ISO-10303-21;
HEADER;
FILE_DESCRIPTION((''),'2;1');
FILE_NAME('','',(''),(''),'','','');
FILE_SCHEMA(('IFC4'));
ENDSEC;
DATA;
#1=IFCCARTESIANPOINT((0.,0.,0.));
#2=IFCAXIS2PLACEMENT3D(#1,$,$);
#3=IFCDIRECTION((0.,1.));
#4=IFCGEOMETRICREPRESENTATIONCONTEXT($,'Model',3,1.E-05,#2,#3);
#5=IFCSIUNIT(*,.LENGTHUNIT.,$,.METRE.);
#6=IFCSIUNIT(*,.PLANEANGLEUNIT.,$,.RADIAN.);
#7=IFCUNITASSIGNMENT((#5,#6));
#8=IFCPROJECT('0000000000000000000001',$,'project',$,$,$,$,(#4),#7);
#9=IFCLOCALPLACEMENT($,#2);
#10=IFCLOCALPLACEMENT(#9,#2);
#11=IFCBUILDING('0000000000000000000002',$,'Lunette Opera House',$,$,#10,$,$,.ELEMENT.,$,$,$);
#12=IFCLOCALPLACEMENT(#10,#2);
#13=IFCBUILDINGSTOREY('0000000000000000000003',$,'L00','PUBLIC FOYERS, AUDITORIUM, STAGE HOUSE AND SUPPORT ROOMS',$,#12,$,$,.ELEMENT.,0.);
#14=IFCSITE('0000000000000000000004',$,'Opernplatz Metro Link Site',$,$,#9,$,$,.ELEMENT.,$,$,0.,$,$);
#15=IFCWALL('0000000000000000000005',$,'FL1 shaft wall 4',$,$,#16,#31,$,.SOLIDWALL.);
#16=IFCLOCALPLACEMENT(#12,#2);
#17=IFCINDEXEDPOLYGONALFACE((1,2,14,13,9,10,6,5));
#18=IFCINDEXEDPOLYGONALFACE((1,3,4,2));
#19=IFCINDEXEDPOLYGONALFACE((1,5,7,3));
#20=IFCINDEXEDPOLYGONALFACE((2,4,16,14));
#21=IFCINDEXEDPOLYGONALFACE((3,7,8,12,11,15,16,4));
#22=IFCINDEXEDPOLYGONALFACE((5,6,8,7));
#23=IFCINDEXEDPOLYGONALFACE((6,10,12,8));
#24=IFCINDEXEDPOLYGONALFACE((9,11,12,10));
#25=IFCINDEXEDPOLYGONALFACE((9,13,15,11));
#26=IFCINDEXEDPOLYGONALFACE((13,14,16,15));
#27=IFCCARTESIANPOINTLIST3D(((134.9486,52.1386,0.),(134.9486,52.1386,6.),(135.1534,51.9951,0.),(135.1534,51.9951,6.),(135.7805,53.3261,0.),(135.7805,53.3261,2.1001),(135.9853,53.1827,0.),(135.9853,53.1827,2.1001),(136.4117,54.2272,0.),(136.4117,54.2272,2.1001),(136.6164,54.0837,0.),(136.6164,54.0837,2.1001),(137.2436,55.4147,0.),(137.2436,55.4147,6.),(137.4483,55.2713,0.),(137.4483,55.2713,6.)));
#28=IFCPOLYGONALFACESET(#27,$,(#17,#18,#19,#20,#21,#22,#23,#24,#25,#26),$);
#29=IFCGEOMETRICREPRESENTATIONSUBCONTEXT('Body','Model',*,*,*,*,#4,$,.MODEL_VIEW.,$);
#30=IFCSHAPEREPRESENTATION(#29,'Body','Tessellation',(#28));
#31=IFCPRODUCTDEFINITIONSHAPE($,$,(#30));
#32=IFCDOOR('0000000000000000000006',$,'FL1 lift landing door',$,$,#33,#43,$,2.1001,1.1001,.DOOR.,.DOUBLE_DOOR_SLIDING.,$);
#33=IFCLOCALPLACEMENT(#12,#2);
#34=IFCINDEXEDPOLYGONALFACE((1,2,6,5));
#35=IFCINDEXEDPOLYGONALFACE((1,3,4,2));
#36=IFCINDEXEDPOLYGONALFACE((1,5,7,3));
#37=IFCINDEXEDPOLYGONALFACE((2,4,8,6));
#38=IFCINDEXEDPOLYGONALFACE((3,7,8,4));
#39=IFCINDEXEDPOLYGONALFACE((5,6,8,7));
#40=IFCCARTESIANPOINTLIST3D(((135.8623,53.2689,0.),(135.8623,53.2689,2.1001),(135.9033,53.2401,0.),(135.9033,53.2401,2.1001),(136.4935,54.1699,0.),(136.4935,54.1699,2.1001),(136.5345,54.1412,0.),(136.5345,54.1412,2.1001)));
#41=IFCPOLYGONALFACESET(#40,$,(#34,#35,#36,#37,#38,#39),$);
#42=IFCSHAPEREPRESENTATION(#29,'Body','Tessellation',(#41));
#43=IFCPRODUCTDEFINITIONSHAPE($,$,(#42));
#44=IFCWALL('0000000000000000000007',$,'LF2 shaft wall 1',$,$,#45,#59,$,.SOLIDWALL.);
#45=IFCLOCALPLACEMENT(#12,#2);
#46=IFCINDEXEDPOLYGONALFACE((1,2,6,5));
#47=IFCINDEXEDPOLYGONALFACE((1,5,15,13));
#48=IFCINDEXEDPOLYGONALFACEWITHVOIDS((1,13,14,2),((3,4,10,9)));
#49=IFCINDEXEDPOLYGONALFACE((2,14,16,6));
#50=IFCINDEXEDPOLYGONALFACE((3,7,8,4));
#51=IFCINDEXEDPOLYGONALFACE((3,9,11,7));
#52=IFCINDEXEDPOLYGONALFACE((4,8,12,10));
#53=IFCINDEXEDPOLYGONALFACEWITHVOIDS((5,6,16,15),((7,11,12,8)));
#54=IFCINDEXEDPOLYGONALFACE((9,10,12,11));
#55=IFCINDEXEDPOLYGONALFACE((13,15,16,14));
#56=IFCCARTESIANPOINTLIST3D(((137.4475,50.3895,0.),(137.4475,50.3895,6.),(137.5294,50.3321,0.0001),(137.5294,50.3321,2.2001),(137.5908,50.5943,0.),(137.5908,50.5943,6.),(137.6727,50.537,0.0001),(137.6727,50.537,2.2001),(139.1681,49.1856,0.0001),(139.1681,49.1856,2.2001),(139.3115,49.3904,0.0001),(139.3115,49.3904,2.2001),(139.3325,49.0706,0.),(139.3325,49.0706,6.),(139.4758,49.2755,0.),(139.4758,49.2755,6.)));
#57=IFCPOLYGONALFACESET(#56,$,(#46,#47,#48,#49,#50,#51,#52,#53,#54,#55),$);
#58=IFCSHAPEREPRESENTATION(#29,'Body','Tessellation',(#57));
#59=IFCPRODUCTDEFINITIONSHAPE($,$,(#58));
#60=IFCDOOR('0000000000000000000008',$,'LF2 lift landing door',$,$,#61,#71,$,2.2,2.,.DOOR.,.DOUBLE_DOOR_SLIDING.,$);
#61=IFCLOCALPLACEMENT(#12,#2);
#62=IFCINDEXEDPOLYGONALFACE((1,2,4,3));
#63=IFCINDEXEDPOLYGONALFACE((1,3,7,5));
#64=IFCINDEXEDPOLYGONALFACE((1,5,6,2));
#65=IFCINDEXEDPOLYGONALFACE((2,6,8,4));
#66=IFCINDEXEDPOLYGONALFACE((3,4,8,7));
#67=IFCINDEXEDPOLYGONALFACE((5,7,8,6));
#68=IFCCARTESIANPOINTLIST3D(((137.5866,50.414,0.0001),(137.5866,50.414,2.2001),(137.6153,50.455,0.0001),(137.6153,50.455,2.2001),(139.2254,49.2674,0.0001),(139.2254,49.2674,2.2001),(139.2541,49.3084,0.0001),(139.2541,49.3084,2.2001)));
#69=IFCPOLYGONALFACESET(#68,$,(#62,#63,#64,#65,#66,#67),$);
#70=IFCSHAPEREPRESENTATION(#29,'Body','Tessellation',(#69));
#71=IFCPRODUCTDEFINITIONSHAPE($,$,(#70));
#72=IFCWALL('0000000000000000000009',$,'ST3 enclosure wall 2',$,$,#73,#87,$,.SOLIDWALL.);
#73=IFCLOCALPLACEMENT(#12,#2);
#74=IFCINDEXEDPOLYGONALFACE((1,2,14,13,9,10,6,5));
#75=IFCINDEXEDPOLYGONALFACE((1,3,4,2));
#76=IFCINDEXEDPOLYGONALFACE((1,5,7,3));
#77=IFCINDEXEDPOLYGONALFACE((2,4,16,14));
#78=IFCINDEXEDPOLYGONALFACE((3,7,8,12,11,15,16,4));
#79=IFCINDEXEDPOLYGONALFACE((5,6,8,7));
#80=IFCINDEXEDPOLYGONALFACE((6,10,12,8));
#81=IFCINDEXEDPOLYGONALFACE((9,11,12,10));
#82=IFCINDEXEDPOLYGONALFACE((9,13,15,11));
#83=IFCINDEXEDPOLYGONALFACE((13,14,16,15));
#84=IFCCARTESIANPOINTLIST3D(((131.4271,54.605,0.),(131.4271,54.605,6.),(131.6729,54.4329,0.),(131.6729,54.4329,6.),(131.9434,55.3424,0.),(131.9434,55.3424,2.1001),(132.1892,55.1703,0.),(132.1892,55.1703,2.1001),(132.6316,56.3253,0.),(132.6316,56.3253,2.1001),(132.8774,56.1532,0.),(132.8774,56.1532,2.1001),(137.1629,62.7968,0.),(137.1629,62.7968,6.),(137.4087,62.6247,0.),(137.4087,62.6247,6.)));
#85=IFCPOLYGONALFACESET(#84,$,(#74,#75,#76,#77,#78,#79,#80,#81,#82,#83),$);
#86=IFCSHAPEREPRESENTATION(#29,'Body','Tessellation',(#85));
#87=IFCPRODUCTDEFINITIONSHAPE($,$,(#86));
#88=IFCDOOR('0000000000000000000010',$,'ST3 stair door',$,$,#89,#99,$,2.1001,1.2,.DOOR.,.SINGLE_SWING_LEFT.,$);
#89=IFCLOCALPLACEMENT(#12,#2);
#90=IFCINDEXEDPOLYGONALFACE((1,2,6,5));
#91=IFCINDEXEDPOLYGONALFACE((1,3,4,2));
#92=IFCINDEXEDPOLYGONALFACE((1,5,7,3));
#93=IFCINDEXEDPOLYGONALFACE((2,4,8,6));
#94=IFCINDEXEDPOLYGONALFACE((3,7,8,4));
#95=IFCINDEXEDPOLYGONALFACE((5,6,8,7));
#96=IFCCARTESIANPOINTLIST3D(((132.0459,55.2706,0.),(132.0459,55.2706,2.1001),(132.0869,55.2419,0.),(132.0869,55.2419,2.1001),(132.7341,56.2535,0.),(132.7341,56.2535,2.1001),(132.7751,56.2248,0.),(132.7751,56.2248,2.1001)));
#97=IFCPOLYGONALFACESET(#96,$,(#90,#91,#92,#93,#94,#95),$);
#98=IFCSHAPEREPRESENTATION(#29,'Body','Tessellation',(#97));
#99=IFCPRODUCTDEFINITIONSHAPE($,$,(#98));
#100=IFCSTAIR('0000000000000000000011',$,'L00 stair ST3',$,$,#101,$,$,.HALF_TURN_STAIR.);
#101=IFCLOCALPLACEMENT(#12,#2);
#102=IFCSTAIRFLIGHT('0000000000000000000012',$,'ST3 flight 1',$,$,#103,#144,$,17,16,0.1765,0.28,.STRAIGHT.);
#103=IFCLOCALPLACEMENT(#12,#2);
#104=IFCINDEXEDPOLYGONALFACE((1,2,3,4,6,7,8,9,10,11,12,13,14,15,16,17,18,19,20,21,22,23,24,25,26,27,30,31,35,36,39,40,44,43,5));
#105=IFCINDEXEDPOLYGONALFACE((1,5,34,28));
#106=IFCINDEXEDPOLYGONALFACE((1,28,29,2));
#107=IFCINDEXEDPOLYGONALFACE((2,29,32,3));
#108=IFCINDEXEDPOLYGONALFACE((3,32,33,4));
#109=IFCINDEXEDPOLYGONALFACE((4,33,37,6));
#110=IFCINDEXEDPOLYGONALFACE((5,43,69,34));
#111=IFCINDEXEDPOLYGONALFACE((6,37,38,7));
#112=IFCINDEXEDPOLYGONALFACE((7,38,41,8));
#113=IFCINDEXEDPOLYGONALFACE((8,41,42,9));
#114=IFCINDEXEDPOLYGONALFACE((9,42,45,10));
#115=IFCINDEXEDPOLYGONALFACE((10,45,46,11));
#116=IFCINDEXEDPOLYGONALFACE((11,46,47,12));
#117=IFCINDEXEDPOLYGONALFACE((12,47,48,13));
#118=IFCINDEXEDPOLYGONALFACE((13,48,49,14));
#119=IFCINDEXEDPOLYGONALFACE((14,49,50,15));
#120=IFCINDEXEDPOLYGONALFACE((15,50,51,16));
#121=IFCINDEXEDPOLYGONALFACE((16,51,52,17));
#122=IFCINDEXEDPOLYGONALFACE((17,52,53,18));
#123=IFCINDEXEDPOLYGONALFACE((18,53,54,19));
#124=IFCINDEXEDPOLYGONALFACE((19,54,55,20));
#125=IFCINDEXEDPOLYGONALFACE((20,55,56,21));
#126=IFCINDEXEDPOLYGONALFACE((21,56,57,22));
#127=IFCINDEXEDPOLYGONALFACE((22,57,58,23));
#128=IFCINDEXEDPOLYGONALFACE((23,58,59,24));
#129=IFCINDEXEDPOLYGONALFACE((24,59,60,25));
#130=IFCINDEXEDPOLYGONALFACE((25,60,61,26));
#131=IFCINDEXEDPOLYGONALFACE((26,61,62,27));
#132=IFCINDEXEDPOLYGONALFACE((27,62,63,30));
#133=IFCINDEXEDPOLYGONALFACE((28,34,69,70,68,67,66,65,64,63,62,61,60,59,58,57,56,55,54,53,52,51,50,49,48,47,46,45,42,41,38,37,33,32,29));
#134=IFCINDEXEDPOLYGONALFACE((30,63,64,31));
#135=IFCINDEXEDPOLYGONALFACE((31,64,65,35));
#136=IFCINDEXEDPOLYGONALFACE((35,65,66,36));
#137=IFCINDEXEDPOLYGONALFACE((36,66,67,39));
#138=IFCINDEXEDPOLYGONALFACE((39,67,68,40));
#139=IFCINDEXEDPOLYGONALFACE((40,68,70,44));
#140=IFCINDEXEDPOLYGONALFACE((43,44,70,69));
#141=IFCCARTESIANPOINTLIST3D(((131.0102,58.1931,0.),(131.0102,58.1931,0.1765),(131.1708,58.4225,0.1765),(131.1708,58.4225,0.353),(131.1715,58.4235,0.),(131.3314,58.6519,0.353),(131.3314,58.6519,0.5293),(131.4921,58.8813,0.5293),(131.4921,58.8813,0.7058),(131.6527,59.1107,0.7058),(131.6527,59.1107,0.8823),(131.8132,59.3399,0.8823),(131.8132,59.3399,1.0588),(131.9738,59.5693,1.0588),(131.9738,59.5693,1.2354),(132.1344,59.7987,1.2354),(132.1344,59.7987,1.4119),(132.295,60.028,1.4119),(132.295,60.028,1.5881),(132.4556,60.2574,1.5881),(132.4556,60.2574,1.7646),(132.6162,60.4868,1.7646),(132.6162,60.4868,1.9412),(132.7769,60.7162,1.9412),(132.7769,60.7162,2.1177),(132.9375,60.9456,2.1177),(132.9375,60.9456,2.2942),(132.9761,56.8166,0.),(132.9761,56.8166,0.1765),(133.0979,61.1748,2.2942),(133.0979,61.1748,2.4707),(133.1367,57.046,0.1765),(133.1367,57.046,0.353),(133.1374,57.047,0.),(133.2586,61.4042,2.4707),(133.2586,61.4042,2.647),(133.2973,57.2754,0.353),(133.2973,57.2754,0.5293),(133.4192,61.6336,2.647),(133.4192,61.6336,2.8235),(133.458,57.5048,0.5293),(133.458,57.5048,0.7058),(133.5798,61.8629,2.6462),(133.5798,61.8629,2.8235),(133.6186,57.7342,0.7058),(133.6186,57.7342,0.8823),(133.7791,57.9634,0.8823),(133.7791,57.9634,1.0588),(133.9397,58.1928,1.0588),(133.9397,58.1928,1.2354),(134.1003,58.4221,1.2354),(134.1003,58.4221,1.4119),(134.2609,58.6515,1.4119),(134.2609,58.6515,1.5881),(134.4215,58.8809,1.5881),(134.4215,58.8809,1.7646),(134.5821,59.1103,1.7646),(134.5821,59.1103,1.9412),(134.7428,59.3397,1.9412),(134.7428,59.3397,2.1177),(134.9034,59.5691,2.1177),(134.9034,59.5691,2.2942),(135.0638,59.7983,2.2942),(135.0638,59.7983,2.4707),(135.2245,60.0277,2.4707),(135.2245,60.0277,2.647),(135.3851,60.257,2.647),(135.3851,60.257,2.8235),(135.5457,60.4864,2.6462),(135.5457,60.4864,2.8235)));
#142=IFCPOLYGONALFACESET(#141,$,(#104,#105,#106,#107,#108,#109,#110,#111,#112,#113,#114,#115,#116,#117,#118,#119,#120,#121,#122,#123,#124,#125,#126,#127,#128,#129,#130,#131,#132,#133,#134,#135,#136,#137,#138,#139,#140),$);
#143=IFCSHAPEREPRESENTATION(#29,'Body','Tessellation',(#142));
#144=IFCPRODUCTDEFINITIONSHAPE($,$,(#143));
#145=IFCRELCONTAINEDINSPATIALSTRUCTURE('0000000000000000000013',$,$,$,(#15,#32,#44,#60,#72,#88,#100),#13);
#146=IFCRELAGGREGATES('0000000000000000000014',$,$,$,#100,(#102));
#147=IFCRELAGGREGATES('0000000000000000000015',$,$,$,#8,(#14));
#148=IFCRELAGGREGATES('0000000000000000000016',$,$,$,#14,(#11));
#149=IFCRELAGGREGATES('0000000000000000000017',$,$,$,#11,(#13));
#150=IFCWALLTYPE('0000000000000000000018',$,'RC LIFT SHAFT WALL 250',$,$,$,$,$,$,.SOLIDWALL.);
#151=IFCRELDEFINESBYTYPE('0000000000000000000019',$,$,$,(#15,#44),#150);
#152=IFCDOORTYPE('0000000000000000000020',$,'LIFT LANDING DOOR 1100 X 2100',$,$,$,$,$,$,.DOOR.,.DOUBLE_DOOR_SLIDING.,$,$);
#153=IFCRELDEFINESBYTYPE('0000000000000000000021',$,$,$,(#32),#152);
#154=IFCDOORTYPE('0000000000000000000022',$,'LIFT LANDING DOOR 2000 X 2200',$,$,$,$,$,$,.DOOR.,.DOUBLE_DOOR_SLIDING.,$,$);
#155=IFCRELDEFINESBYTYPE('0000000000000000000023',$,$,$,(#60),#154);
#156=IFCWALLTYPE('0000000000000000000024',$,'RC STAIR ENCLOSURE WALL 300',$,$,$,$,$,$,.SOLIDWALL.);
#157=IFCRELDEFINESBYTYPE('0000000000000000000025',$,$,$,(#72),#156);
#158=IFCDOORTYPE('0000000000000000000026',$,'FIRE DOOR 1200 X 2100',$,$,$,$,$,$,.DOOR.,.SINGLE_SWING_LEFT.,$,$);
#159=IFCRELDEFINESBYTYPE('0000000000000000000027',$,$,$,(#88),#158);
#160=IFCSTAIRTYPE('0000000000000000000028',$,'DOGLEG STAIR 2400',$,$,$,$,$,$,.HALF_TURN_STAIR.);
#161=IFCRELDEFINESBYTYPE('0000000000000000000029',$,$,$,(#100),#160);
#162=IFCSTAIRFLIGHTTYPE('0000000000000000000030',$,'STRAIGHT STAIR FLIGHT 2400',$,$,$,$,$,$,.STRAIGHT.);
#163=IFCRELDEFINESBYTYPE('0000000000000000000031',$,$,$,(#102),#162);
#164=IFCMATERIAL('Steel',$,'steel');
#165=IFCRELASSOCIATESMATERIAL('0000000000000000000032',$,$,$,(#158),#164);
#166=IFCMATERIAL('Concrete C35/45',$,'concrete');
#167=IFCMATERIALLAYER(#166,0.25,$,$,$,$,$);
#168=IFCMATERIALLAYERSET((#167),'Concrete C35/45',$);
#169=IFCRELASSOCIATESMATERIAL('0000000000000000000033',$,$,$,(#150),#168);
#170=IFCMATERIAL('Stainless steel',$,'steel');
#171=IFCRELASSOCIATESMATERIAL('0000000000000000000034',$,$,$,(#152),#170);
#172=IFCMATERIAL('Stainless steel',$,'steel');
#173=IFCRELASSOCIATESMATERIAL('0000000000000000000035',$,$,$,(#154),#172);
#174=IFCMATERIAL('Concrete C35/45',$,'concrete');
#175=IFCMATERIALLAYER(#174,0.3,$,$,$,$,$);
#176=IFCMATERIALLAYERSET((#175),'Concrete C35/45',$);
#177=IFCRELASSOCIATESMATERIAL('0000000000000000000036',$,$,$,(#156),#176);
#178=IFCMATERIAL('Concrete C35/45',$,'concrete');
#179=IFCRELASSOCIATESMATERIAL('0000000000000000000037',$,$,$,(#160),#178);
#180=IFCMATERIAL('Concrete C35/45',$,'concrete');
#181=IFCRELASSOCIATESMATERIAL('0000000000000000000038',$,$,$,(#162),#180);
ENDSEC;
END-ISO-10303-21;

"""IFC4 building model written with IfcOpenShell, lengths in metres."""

from ifc_helpers import new_model, si_unit, direction, frame, frame_2d, origin, place, context, subcontext, project, spatial, polyline, rectangle, outline, extrude, material, layer, layer_set, type_object, element, fill, aggregate, save


model = new_model("IFC4")

# Units and contexts
model_context = context("Model", 3, precision=1e-05, world=origin(), true_north=direction((0.0, 1.0)))
body_context = subcontext(model_context, "Body", "Model", "MODEL_VIEW")
ifc_project = project(units=[si_unit("LENGTHUNIT", "METRE"), si_unit("PLANEANGLEUNIT", "RADIAN")], contexts=[model_context])

# Site, building, storey
site_placement = place(None, origin())
site = spatial("IfcSite", under=ifc_project, at=site_placement, Name="Opernplatz Metro Link Site", CompositionType="ELEMENT", RefElevation=0.0)
building_placement = place(site_placement, origin())
building = spatial("IfcBuilding", under=site, at=building_placement, Name="Lunette Opera House", CompositionType="ELEMENT")
storey_placement = place(building_placement, origin())
storey = spatial("IfcBuildingStorey", under=building, at=storey_placement, Name="L00", Description="PUBLIC FOYERS, AUDITORIUM, STAGE HOUSE AND SUPPORT ROOMS", CompositionType="ELEMENT", Elevation=0.0)

# Shared definitions
ifc_material_1 = material(Name="Steel", Category="steel")
door_type_1 = type_object("IfcDoorType", Name="FIRE DOOR 1200 X 2100", OperationType="SINGLE_SWING_LEFT", PredefinedType="DOOR", material=ifc_material_1)

# Shared definitions
ifc_material_2 = material(Name="Concrete C35/45", Category="concrete")
ifc_layer_1 = layer(ifc_material_2, 0.25)
ifc_layer_set_1 = layer_set([ifc_layer_1], Name="Concrete C35/45")
wall_type_1 = type_object("IfcWallType", Name="RC LIFT SHAFT WALL 250", PredefinedType="SOLIDWALL", material=ifc_layer_set_1)

# Walls, openings, doors
wall_1_placement = place(storey_placement, frame((137.3459, 55.343, 0.0), z_axis=(0.0, 0.0, 1.0), x_axis=(-0.573737, -0.81904, 0.0)))
wall_1 = element("IfcWall", 1, at=wall_1_placement, inside=storey, type_object=wall_type_1, Name="FL1 shaft wall 4", PredefinedType="SOLIDWALL", context=body_context, shape_type="SweptSolid", body=[
    extrude(rectangle(XDim=4.0, YDim=0.25, at=frame_2d((2.0, 0.0))), origin(), (0.0, 0.0, 1.0), 6.0),
])
opening_1_placement = place(wall_1_placement, frame((1.45, 0.0, 0.0)))
opening_1 = element("IfcOpeningElement", 2, at=opening_1_placement, cuts=wall_1, PredefinedType="OPENING", context=body_context, shape_type="SweptSolid", body=[
    extrude(rectangle(XDim=1.1001, YDim=2.1001, at=frame_2d((0.55, 1.05))), frame((0.0, 0.137, 0.0), z_axis=(0.0, -1.0, 0.0), x_axis=(1.0, 0.0, 0.0)), (0.0, 0.0, 1.0), 0.2739),
])
ifc_material_3 = material(Name="Stainless steel", Category="steel")
door_type_2 = type_object("IfcDoorType", Name="LIFT LANDING DOOR 1100 X 2100", OperationType="DOUBLE_DOOR_SLIDING", PredefinedType="DOOR", material=ifc_material_3)
door_1_placement = place(opening_1_placement, origin())
door_1 = element("IfcDoor", 3, at=door_1_placement, inside=storey, type_object=door_type_2, Name="FL1 lift landing door", OperationType="DOUBLE_DOOR_SLIDING", OverallHeight=2.1001, OverallWidth=1.1001, PredefinedType="DOOR", context=body_context, shape_type="SweptSolid", body=[
    extrude(rectangle(XDim=1.1001, YDim=2.1001, at=frame_2d((0.55, 1.05))), frame((0.0, 0.0249, 0.0), z_axis=(0.0, -1.0, 0.0), x_axis=(1.0, 0.0, 0.0)), (0.0, 0.0, 1.0), 0.05),
])
fill(opening_1, door_1)
wall_2_placement = place(storey_placement, frame((137.519, 50.4919, 0.0), z_axis=(0.0, 0.0, 1.0), x_axis=(0.819367, -0.57327, 0.0)))
wall_2 = element("IfcWall", 4, at=wall_2_placement, inside=storey, type_object=wall_type_1, Name="LF2 shaft wall 1", PredefinedType="SOLIDWALL", context=body_context, shape_type="SweptSolid", body=[
    extrude(rectangle(XDim=2.3005, YDim=0.25, at=frame_2d((1.1504, 0.0))), origin(), (0.0, 0.0, 1.0), 6.0),
])
opening_2_placement = place(wall_2_placement, frame((0.1001, 0.0, 0.0)))
opening_2 = element("IfcOpeningElement", 5, at=opening_2_placement, cuts=wall_2, PredefinedType="OPENING", context=body_context, shape_type="SweptSolid", body=[
    extrude(rectangle(XDim=2.0, YDim=2.2, at=frame_2d((1.0, 1.1001))), frame((0.0, 0.137, 0.0), z_axis=(0.0, -1.0, 0.0), x_axis=(1.0, 0.0, 0.0)), (0.0, 0.0, 1.0), 0.2739),
])
ifc_material_4 = material(Name="Stainless steel", Category="steel")
door_type_3 = type_object("IfcDoorType", Name="LIFT LANDING DOOR 2000 X 2200", OperationType="DOUBLE_DOOR_SLIDING", PredefinedType="DOOR", material=ifc_material_4)
door_2_placement = place(opening_2_placement, origin())
door_2 = element("IfcDoor", 6, at=door_2_placement, inside=storey, type_object=door_type_3, Name="LF2 lift landing door", OperationType="DOUBLE_DOOR_SLIDING", OverallHeight=2.2, OverallWidth=2.0, PredefinedType="DOOR", context=body_context, shape_type="SweptSolid", body=[
    extrude(rectangle(XDim=2.0, YDim=2.2, at=frame_2d((1.0, 1.1001))), frame((0.0, 0.0249, 0.0), z_axis=(0.0, -1.0, 0.0), x_axis=(1.0, 0.0, 0.0)), (0.0, 0.0, 1.0), 0.05),
])
fill(opening_2, door_2)
ifc_material_5 = material(Name="Concrete C35/45", Category="concrete")
ifc_layer_2 = layer(ifc_material_5, 0.3)
ifc_layer_set_2 = layer_set([ifc_layer_2], Name="Concrete C35/45")
wall_type_2 = type_object("IfcWallType", Name="RC STAIR ENCLOSURE WALL 300", PredefinedType="SOLIDWALL", material=ifc_layer_set_2)
wall_3_placement = place(storey_placement, frame((131.55, 54.519, 0.0), z_axis=(0.0, 0.0, 1.0), x_axis=(0.573564, 0.819161, 0.0)))
wall_3 = element("IfcWall", 7, at=wall_3_placement, inside=storey, type_object=wall_type_2, Name="ST3 enclosure wall 2", PredefinedType="SOLIDWALL", context=body_context, shape_type="SweptSolid", body=[
    extrude(rectangle(XDim=10.0002, YDim=0.3, at=frame_2d((5.0, 0.0))), origin(), (0.0, 0.0, 1.0), 6.0),
])
opening_3_placement = place(wall_3_placement, frame((0.8999, 0.0, 0.0)))
opening_3 = element("IfcOpeningElement", 8, at=opening_3_placement, cuts=wall_3, PredefinedType="OPENING", context=body_context, shape_type="SweptSolid", body=[
    extrude(rectangle(XDim=1.2, YDim=2.1001, at=frame_2d((0.6001, 1.05))), frame((0.0, 0.1621, 0.0), z_axis=(0.0, -1.0, 0.0), x_axis=(1.0, 0.0, 0.0)), (0.0, 0.0, 1.0), 0.324),
])
door_3_placement = place(opening_3_placement, origin())
door_3 = element("IfcDoor", 9, at=door_3_placement, inside=storey, type_object=door_type_1, Name="ST3 stair door", OperationType="SINGLE_SWING_LEFT", OverallHeight=2.1001, OverallWidth=1.2, PredefinedType="DOOR", context=body_context, shape_type="SweptSolid", body=[
    extrude(rectangle(XDim=1.2, YDim=2.1001, at=frame_2d((0.6001, 1.05))), frame((0.0, 0.0249, 0.0), z_axis=(0.0, -1.0, 0.0), x_axis=(1.0, 0.0, 0.0)), (0.0, 0.0, 1.0), 0.05),
])
fill(opening_3, door_3)

# Stair, stair flight
ifc_material_6 = material(Name="Concrete C35/45", Category="concrete")
stair_type = type_object("IfcStairType", Name="DOGLEG STAIR 2400", PredefinedType="HALF_TURN_STAIR", material=ifc_material_6)
stair_placement = place(storey_placement, origin())
stair = element("IfcStair", 10, at=stair_placement, inside=storey, type_object=stair_type, Name="L00 stair ST3", PredefinedType="HALF_TURN_STAIR")
ifc_material_7 = material(Name="Concrete C35/45", Category="concrete")
stair_flight_type = type_object("IfcStairFlightType", Name="STRAIGHT STAIR FLIGHT 2400", PredefinedType="STRAIGHT", material=ifc_material_7)
stair_flight_placement = place(storey_placement, frame((131.9932, 57.5049, 0.0), z_axis=(0.0, 0.0, 1.0), x_axis=(0.57357, 0.819157, 0.0)))
stair_flight = element("IfcStairFlight", 11, at=stair_flight_placement, type_object=stair_flight_type, Name="ST3 flight 1", NumberOfRisers=17, NumberOfTreads=16, PredefinedType="STRAIGHT", RiserHeight=0.1765, TreadLength=0.28, context=body_context, shape_type="SweptSolid", body=[
    extrude(outline(polyline([(0.0, 0.0), (0.0, 0.1765), (0.28, 0.1765), (0.28, 0.353), (0.5601, 0.353), (0.5601, 0.5293), (0.8401, 0.5293), (0.8401, 0.7058), (1.1201, 0.7058), (1.1201, 0.8823), (1.3999, 0.8823), (1.3999, 1.0588), (1.6799, 1.0588), (1.6799, 1.2354), (1.96, 1.2354), (1.96, 1.4119), (2.24, 1.4119), (2.24, 1.5881), (2.52, 1.5881), (2.52, 1.7646), (2.8, 1.7646), (2.8, 1.9412), (3.0801, 1.9412), (3.0801, 2.1177), (3.3601, 2.1177), (3.3601, 2.2942), (3.6399, 2.2942), (3.6399, 2.4707), (3.9199, 2.4707), (3.9199, 2.647), (4.2, 2.647), (4.2, 2.8235), (4.48, 2.8235), (4.48, 3.0), (4.48, 2.6462), (0.2812, 0.0), (0.0, 0.0)])), frame((0.0, 1.2, 0.0), z_axis=(0.0, -1.0, 0.0), x_axis=(1.0, 0.0, 0.0)), (0.0, 0.0, 1.0), 2.3999),
])
aggregate(stair, [stair_flight])

save(model, "model.ifc")
